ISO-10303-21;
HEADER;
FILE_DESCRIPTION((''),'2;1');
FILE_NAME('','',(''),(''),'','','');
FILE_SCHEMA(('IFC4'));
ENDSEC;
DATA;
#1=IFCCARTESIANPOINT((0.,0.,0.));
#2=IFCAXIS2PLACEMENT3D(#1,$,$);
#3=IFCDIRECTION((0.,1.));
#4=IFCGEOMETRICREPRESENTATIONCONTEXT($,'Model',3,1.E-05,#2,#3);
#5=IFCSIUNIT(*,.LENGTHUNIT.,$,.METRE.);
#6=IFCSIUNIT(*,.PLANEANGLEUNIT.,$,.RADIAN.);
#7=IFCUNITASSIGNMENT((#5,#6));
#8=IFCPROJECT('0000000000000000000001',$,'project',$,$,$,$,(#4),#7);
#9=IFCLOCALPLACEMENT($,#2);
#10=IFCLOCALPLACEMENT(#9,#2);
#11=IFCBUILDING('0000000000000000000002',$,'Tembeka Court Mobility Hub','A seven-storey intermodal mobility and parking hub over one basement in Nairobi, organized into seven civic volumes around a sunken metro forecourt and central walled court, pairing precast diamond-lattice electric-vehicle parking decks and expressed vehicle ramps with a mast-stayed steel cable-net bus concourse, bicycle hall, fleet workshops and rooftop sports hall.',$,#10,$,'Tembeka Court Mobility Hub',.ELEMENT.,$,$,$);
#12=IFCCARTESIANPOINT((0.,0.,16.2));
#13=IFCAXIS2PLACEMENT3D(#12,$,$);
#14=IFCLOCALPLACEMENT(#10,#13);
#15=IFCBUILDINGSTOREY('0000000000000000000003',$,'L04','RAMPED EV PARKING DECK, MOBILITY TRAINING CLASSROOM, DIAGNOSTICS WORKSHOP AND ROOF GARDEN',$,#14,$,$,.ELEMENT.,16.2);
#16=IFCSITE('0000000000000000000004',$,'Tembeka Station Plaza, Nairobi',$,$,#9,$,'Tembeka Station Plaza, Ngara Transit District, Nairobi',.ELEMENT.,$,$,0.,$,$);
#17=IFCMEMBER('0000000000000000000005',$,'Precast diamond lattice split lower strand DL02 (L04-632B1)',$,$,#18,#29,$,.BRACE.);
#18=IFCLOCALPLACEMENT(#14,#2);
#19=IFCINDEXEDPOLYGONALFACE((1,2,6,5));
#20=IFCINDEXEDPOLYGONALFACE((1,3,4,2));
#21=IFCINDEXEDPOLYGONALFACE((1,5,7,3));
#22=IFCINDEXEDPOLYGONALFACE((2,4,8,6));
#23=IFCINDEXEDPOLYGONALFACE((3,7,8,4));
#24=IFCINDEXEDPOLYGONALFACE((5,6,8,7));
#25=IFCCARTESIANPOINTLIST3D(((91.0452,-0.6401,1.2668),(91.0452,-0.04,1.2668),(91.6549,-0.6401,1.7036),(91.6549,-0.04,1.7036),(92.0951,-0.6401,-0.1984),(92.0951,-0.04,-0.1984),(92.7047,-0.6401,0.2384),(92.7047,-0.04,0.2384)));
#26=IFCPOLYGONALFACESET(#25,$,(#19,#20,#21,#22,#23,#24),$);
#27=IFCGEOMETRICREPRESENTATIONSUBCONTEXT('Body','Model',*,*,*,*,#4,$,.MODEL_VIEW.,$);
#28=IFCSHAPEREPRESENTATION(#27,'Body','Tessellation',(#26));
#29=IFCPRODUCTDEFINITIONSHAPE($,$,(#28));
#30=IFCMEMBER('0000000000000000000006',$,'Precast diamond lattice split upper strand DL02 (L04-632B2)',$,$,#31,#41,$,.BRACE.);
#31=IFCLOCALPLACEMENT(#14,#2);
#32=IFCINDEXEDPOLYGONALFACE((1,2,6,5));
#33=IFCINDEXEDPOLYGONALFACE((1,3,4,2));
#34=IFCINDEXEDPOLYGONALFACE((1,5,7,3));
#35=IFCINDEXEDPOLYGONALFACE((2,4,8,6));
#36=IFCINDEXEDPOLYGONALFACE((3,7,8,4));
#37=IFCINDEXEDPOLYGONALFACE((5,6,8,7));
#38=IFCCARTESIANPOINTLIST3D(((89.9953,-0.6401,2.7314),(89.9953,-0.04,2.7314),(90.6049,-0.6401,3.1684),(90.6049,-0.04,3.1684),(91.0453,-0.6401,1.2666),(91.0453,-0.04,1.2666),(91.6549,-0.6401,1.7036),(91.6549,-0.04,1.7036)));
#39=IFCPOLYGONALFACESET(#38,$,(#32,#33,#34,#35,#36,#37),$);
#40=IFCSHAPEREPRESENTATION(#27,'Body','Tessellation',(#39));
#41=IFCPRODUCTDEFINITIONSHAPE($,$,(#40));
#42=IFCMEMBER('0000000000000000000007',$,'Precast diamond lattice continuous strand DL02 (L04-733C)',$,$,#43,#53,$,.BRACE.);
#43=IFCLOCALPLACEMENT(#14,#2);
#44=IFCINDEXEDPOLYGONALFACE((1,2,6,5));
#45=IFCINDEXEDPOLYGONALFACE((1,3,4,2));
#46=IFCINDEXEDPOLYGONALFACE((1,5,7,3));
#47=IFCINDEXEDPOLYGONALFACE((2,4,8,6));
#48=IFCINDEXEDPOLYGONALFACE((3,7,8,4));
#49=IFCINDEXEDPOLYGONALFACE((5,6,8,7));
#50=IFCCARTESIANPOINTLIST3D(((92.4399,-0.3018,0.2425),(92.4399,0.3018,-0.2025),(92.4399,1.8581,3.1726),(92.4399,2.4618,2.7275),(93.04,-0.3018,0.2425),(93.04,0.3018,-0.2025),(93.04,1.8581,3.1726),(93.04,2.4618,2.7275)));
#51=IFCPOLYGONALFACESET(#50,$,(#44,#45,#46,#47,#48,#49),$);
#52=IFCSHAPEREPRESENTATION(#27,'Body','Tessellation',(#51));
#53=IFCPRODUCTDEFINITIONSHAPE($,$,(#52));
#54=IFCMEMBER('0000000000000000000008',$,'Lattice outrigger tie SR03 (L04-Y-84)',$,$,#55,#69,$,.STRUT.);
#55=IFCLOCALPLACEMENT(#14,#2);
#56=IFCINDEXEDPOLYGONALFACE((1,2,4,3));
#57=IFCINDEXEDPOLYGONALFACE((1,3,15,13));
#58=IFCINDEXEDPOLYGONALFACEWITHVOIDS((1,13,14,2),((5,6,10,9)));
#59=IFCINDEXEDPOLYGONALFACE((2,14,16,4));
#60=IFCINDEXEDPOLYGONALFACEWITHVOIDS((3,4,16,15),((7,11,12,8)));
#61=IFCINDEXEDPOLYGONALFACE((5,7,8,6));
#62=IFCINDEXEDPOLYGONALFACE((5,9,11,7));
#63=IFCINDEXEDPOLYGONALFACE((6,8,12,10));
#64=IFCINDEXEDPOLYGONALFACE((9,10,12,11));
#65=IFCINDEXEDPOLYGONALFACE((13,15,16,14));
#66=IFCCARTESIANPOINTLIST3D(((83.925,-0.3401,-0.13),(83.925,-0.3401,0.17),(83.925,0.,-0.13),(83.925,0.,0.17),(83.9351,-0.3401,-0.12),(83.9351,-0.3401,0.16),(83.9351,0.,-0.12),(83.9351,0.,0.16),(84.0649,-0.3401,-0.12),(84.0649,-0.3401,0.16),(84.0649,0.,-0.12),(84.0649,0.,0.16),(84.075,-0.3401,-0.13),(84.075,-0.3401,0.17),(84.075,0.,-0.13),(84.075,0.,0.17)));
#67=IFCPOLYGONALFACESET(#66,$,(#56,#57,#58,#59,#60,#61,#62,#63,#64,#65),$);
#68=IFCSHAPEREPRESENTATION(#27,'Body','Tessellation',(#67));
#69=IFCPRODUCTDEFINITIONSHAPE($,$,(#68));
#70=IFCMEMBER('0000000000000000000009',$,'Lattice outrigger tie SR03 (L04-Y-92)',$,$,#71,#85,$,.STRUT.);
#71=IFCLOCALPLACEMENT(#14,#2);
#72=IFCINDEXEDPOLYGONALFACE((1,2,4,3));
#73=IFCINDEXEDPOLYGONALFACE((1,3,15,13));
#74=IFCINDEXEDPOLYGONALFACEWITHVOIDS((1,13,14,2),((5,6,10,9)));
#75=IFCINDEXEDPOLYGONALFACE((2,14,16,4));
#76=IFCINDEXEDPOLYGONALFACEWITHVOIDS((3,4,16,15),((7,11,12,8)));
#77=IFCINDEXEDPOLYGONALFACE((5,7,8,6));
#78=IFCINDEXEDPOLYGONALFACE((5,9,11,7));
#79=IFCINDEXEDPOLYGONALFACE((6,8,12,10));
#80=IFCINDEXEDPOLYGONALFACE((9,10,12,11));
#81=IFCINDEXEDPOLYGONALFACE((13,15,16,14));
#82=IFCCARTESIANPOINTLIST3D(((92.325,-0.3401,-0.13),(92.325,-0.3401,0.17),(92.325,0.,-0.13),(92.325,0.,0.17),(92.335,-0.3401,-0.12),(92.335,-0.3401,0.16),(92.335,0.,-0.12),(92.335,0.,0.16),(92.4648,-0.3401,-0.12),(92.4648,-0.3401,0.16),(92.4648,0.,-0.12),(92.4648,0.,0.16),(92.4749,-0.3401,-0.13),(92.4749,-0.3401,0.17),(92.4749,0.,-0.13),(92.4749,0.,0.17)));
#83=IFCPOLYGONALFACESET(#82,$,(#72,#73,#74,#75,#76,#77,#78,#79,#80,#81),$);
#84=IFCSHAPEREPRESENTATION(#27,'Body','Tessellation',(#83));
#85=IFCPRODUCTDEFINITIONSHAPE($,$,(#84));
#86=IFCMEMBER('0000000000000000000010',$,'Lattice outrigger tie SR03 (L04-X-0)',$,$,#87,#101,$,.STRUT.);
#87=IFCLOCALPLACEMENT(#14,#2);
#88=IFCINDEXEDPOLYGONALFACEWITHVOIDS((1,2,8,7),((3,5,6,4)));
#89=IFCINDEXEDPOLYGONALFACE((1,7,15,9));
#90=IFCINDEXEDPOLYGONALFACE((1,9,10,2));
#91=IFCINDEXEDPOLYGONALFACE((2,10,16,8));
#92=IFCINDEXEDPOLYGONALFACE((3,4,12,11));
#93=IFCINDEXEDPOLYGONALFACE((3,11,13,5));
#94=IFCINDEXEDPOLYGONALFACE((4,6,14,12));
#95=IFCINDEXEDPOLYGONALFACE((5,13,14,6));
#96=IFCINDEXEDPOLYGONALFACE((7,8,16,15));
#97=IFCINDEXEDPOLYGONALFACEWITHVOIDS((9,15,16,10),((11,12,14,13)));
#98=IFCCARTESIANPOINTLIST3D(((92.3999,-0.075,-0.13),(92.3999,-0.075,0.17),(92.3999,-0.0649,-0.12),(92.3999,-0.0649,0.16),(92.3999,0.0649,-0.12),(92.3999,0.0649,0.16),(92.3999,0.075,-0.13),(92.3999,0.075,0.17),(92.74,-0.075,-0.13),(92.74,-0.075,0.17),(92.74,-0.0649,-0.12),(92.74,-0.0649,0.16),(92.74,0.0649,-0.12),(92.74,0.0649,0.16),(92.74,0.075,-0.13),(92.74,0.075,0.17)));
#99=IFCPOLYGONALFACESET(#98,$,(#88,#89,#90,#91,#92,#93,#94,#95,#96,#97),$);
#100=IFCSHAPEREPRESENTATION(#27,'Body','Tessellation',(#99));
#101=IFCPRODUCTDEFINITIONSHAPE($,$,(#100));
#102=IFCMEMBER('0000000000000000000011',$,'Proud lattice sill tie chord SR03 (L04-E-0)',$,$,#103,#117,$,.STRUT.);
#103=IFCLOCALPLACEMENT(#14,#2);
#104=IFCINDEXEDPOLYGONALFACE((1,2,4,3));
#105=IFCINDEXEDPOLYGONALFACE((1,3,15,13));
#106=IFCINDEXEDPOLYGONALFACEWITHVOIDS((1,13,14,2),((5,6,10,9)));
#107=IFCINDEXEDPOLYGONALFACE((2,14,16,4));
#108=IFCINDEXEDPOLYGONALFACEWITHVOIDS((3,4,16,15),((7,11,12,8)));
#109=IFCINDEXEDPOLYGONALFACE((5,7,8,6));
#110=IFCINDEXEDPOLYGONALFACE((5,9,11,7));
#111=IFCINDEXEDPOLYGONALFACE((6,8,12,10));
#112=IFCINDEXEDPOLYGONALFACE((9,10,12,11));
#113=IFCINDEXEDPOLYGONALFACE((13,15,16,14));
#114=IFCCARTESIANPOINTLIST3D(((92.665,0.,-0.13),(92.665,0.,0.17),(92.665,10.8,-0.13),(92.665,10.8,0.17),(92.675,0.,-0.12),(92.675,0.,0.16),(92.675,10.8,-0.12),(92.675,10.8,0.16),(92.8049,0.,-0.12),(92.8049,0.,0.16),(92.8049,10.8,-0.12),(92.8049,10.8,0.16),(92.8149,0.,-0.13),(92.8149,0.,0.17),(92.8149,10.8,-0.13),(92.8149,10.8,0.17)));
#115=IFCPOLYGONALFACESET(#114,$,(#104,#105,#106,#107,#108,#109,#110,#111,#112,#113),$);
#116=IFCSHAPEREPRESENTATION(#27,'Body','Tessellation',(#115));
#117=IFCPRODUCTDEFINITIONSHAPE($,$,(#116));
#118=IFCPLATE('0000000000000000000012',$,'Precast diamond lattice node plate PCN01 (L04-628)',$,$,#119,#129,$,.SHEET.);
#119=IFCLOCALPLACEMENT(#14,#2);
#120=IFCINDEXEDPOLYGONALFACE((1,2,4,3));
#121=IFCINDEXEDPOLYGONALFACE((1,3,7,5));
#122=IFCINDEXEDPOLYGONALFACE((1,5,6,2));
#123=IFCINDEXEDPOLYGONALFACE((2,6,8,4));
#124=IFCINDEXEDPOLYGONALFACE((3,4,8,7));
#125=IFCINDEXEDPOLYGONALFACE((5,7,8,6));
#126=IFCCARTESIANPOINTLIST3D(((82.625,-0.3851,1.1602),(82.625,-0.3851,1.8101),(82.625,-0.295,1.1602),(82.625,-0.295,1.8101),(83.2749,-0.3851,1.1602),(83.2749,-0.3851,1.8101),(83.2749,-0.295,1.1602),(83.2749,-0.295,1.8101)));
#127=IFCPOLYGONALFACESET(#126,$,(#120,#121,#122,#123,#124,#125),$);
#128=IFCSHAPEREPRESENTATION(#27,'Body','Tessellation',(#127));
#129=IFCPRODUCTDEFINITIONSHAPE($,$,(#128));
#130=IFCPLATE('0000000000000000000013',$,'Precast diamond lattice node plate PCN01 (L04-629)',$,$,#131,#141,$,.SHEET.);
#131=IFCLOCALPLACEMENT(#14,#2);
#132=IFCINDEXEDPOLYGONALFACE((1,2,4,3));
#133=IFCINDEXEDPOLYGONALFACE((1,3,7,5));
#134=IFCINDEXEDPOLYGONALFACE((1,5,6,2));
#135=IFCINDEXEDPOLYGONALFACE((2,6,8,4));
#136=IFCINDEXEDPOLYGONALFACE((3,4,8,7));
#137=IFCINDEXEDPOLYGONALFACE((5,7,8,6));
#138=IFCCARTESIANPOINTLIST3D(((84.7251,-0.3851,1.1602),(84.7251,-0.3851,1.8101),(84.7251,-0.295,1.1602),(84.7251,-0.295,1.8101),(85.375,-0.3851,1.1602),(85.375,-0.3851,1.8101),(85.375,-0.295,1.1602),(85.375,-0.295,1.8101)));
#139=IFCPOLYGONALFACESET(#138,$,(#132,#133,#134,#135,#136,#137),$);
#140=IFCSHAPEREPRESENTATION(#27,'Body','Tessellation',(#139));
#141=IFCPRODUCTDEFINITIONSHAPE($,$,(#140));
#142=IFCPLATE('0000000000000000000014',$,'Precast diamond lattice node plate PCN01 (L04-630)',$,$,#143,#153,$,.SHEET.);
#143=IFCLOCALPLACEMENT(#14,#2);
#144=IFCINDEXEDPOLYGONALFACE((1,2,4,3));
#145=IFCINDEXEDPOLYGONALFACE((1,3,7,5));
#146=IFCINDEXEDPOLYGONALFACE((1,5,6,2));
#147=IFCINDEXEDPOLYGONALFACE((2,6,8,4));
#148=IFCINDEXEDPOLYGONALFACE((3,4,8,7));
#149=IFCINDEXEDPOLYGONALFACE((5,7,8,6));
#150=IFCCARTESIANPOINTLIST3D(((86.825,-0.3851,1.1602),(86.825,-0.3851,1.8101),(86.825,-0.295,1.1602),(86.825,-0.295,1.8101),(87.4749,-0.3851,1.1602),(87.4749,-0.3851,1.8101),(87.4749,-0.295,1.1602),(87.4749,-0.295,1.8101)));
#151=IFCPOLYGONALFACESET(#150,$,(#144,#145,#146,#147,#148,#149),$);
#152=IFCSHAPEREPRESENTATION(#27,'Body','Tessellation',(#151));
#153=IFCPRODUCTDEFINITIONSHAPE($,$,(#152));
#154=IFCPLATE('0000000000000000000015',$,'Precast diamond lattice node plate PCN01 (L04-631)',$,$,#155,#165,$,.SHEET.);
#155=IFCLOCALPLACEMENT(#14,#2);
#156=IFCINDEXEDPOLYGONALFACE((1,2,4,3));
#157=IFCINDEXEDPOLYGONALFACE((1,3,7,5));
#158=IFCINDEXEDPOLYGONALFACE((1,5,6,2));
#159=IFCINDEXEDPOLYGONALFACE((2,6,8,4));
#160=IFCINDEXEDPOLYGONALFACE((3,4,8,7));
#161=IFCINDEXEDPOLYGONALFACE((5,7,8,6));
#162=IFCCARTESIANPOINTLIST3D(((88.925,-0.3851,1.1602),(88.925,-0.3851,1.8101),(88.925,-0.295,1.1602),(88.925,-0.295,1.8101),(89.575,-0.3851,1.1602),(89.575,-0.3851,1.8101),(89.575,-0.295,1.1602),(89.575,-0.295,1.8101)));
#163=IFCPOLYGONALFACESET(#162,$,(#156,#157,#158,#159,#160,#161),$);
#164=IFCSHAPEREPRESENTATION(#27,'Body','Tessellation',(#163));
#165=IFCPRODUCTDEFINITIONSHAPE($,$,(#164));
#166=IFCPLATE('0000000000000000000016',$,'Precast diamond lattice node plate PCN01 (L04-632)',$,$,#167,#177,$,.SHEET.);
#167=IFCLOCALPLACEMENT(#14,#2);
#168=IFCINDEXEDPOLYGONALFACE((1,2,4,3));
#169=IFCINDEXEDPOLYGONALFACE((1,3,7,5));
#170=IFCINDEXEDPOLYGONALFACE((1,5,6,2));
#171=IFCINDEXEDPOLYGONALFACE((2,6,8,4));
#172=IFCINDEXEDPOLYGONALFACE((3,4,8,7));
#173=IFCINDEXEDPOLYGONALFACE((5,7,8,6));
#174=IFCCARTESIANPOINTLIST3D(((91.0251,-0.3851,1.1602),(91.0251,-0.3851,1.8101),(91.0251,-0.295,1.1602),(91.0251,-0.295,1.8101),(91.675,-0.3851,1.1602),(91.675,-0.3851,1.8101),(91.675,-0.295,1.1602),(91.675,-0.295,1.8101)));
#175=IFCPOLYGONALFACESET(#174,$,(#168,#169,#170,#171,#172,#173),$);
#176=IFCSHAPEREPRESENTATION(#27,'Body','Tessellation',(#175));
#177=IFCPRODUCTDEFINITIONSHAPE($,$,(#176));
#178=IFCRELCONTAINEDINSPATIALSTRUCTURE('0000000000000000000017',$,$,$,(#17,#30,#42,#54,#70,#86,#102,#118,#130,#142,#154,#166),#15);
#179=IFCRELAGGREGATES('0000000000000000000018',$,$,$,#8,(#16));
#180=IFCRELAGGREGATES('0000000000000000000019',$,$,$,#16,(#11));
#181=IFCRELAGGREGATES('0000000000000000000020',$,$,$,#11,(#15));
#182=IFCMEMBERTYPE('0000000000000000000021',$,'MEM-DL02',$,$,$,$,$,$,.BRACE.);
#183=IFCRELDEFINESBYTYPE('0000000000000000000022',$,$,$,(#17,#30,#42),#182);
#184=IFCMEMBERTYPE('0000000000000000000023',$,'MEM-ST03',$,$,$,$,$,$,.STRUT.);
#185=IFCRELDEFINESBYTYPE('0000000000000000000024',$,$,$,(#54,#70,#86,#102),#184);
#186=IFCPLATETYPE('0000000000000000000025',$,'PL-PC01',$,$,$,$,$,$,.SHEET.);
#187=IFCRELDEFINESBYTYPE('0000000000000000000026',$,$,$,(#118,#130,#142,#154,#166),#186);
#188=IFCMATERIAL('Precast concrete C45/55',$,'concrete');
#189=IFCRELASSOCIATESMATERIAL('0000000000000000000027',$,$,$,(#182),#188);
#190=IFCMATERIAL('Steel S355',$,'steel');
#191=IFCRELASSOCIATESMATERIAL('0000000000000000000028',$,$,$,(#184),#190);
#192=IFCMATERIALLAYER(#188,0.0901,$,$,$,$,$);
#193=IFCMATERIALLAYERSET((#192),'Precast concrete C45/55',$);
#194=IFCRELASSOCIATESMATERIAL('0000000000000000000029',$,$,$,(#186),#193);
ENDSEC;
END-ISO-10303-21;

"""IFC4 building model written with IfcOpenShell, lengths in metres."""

from ifc_helpers import new_model, si_unit, direction, frame, origin, origin_2d, place, context, subcontext, project, spatial, rectangle, hollow_rectangle, extrude, material, layer, layer_set, material_profile, profile_set, type_object, element, save


model = new_model("IFC4")

# Units and contexts
model_context = context("Model", 3, precision=1e-05, world=origin(), true_north=direction((0.0, 1.0)))
body_context = subcontext(model_context, "Body", "Model", "MODEL_VIEW")
ifc_project = project(units=[si_unit("LENGTHUNIT", "METRE"), si_unit("PLANEANGLEUNIT", "RADIAN")], contexts=[model_context])

# Site, building, storey
site_placement = place(None, origin())
site = spatial("IfcSite", under=ifc_project, at=site_placement, Name="Tembeka Station Plaza, Nairobi", LongName="Tembeka Station Plaza, Ngara Transit District, Nairobi", CompositionType="ELEMENT", RefElevation=0.0)
building_placement = place(site_placement, origin())
building = spatial("IfcBuilding", under=site, at=building_placement, Name="Tembeka Court Mobility Hub", Description="A seven-storey intermodal mobility and parking hub over one basement in Nairobi, organized into seven civic volumes around a sunken metro forecourt and central walled court, pairing precast diamond-lattice electric-vehicle parking decks and expressed vehicle ramps with a mast-stayed steel cable-net bus concourse, bicycle hall, fleet workshops and rooftop sports hall.", LongName="Tembeka Court Mobility Hub", CompositionType="ELEMENT")
storey_placement = place(building_placement, frame((0.0, 0.0, 16.2)))
storey = spatial("IfcBuildingStorey", under=building, at=storey_placement, Name="L04", Description="RAMPED EV PARKING DECK, MOBILITY TRAINING CLASSROOM, DIAGNOSTICS WORKSHOP AND ROOF GARDEN", CompositionType="ELEMENT", Elevation=16.2)

# Shared definitions
ifc_material_1 = material(Name="Steel S355", Category="steel")

# Shared definitions
ifc_material_2 = material(Name="Precast concrete C45/55", Category="concrete")

# Members
ifc_material_profile_1 = material_profile(ifc_material_2, rectangle(XDim=0.6001, YDim=0.75, at=origin_2d()), Name="PC-DIAG 600x750")
ifc_profile_set_1 = profile_set([ifc_material_profile_1], Name="Precast concrete C45/55")
member_type_1 = type_object("IfcMemberType", Name="MEM-DL02", PredefinedType="BRACE", material=ifc_profile_set_1)
member_1_placement = place(storey_placement, frame((92.3999, -0.3401, 0.02), z_axis=(-0.582455, 0.0, 0.812863), x_axis=(0.0, -1.0, 0.0)))
element("IfcMember", 1, at=member_1_placement, inside=storey, type_object=member_type_1, Name="Precast diamond lattice split lower strand DL02 (L04-632B1)", PredefinedType="BRACE", context=body_context, shape_type="SweptSolid", body=[
    extrude(rectangle(XDim=0.6001, YDim=0.75, at=origin_2d()), origin(), (0.0, 0.0, 1.0), 1.8025),
])
member_2_placement = place(storey_placement, frame((91.3501, -0.3401, 1.4851), z_axis=(-0.582608, 0.0, 0.812753), x_axis=(0.0, -1.0, 0.0)))
element("IfcMember", 2, at=member_2_placement, inside=storey, type_object=member_type_1, Name="Precast diamond lattice split upper strand DL02 (L04-632B2)", PredefinedType="BRACE", context=body_context, shape_type="SweptSolid", body=[
    extrude(rectangle(XDim=0.6001, YDim=0.75, at=origin_2d()), origin(), (0.0, 0.0, 1.0), 1.8022),
])
member_3_placement = place(storey_placement, frame((92.74, 0.0, 0.02), z_axis=(0.0, 0.59338, 0.804923), x_axis=(-1.0, 0.0, 0.0)))
element("IfcMember", 3, at=member_3_placement, inside=storey, type_object=member_type_1, Name="Precast diamond lattice continuous strand DL02 (L04-733C)", PredefinedType="BRACE", context=body_context, shape_type="SweptSolid", body=[
    extrude(rectangle(XDim=0.6001, YDim=0.75, at=origin_2d()), origin(), (0.0, 0.0, 1.0), 3.6401),
])
ifc_material_profile_2 = material_profile(ifc_material_1, hollow_rectangle(XDim=0.1499, YDim=0.3, WallThickness=0.01, at=origin_2d()), Name="RHS 300x150x10")
ifc_profile_set_2 = profile_set([ifc_material_profile_2], Name="Steel S355")
member_type_2 = type_object("IfcMemberType", Name="MEM-ST03", PredefinedType="STRUT", material=ifc_profile_set_2)
for number, where, z_axis, x_axis, name in (
    (4, (84.0, 0.0, 0.02), (0.0, -1.0, 0.0), (1.0, 0.0, 0.0), "Lattice outrigger tie SR03 (L04-Y-84)"),
    (5, (92.3999, 0.0, 0.02), (0.0, -1.0, 0.0), (1.0, 0.0, 0.0), "Lattice outrigger tie SR03 (L04-Y-92)"),
    (6, (92.3999, 0.0, 0.02), (1.0, 0.0, 0.0), (0.0, 1.0, 0.0), "Lattice outrigger tie SR03 (L04-X-0)"),
):
    element("IfcMember", number, at=place(storey_placement, frame(where, z_axis=z_axis, x_axis=x_axis)), inside=storey, type_object=member_type_2, Name=name, PredefinedType="STRUT", context=body_context, shape_type="SweptSolid", body=[
        extrude(hollow_rectangle(XDim=0.1499, YDim=0.3, WallThickness=0.01, at=origin_2d()), origin(), (0.0, 0.0, 1.0), 0.3401),
    ])
member_4_placement = place(storey_placement, frame((92.74, 0.0, 0.02), z_axis=(0.0, 1.0, 0.0), x_axis=(-1.0, 0.0, 0.0)))
element("IfcMember", 7, at=member_4_placement, inside=storey, type_object=member_type_2, Name="Proud lattice sill tie chord SR03 (L04-E-0)", PredefinedType="STRUT", context=body_context, shape_type="SweptSolid", body=[
    extrude(hollow_rectangle(XDim=0.1499, YDim=0.3, WallThickness=0.01, at=origin_2d()), origin(), (0.0, 0.0, 1.0), 10.8),
])

# Plates
ifc_layer = layer(ifc_material_2, 0.0901)
ifc_layer_set = layer_set([ifc_layer], Name="Precast concrete C45/55")
plate_type = type_object("IfcPlateType", Name="PL-PC01", PredefinedType="SHEET", material=ifc_layer_set)
for number, where, z_axis, x_axis, name in (
    (8, (82.95, -0.3401, 1.1602), (0.0, 0.0, 1.0), (1.0, 0.0, 0.0), "Precast diamond lattice node plate PCN01 (L04-628)"),
    (9, (85.05, -0.3401, 1.1602), (0.0, 0.0, 1.0), (1.0, 0.0, 0.0), "Precast diamond lattice node plate PCN01 (L04-629)"),
    (10, (87.1499, -0.3401, 1.1602), (0.0, 0.0, 1.0), (1.0, 0.0, 0.0), "Precast diamond lattice node plate PCN01 (L04-630)"),
    (11, (89.25, -0.3401, 1.1602), (0.0, 0.0, 1.0), (1.0, 0.0, 0.0), "Precast diamond lattice node plate PCN01 (L04-631)"),
    (12, (91.3501, -0.3401, 1.1602), (0.0, 0.0, 1.0), (1.0, 0.0, 0.0), "Precast diamond lattice node plate PCN01 (L04-632)"),
):
    element("IfcPlate", number, at=place(storey_placement, frame(where, z_axis=z_axis, x_axis=x_axis)), inside=storey, type_object=plate_type, Name=name, PredefinedType="SHEET", context=body_context, shape_type="SweptSolid", body=[
        extrude(rectangle(XDim=0.6499, YDim=0.0901, at=origin_2d()), origin(), (0.0, 0.0, 1.0), 0.6499),
    ])

save(model, "model.ifc")
